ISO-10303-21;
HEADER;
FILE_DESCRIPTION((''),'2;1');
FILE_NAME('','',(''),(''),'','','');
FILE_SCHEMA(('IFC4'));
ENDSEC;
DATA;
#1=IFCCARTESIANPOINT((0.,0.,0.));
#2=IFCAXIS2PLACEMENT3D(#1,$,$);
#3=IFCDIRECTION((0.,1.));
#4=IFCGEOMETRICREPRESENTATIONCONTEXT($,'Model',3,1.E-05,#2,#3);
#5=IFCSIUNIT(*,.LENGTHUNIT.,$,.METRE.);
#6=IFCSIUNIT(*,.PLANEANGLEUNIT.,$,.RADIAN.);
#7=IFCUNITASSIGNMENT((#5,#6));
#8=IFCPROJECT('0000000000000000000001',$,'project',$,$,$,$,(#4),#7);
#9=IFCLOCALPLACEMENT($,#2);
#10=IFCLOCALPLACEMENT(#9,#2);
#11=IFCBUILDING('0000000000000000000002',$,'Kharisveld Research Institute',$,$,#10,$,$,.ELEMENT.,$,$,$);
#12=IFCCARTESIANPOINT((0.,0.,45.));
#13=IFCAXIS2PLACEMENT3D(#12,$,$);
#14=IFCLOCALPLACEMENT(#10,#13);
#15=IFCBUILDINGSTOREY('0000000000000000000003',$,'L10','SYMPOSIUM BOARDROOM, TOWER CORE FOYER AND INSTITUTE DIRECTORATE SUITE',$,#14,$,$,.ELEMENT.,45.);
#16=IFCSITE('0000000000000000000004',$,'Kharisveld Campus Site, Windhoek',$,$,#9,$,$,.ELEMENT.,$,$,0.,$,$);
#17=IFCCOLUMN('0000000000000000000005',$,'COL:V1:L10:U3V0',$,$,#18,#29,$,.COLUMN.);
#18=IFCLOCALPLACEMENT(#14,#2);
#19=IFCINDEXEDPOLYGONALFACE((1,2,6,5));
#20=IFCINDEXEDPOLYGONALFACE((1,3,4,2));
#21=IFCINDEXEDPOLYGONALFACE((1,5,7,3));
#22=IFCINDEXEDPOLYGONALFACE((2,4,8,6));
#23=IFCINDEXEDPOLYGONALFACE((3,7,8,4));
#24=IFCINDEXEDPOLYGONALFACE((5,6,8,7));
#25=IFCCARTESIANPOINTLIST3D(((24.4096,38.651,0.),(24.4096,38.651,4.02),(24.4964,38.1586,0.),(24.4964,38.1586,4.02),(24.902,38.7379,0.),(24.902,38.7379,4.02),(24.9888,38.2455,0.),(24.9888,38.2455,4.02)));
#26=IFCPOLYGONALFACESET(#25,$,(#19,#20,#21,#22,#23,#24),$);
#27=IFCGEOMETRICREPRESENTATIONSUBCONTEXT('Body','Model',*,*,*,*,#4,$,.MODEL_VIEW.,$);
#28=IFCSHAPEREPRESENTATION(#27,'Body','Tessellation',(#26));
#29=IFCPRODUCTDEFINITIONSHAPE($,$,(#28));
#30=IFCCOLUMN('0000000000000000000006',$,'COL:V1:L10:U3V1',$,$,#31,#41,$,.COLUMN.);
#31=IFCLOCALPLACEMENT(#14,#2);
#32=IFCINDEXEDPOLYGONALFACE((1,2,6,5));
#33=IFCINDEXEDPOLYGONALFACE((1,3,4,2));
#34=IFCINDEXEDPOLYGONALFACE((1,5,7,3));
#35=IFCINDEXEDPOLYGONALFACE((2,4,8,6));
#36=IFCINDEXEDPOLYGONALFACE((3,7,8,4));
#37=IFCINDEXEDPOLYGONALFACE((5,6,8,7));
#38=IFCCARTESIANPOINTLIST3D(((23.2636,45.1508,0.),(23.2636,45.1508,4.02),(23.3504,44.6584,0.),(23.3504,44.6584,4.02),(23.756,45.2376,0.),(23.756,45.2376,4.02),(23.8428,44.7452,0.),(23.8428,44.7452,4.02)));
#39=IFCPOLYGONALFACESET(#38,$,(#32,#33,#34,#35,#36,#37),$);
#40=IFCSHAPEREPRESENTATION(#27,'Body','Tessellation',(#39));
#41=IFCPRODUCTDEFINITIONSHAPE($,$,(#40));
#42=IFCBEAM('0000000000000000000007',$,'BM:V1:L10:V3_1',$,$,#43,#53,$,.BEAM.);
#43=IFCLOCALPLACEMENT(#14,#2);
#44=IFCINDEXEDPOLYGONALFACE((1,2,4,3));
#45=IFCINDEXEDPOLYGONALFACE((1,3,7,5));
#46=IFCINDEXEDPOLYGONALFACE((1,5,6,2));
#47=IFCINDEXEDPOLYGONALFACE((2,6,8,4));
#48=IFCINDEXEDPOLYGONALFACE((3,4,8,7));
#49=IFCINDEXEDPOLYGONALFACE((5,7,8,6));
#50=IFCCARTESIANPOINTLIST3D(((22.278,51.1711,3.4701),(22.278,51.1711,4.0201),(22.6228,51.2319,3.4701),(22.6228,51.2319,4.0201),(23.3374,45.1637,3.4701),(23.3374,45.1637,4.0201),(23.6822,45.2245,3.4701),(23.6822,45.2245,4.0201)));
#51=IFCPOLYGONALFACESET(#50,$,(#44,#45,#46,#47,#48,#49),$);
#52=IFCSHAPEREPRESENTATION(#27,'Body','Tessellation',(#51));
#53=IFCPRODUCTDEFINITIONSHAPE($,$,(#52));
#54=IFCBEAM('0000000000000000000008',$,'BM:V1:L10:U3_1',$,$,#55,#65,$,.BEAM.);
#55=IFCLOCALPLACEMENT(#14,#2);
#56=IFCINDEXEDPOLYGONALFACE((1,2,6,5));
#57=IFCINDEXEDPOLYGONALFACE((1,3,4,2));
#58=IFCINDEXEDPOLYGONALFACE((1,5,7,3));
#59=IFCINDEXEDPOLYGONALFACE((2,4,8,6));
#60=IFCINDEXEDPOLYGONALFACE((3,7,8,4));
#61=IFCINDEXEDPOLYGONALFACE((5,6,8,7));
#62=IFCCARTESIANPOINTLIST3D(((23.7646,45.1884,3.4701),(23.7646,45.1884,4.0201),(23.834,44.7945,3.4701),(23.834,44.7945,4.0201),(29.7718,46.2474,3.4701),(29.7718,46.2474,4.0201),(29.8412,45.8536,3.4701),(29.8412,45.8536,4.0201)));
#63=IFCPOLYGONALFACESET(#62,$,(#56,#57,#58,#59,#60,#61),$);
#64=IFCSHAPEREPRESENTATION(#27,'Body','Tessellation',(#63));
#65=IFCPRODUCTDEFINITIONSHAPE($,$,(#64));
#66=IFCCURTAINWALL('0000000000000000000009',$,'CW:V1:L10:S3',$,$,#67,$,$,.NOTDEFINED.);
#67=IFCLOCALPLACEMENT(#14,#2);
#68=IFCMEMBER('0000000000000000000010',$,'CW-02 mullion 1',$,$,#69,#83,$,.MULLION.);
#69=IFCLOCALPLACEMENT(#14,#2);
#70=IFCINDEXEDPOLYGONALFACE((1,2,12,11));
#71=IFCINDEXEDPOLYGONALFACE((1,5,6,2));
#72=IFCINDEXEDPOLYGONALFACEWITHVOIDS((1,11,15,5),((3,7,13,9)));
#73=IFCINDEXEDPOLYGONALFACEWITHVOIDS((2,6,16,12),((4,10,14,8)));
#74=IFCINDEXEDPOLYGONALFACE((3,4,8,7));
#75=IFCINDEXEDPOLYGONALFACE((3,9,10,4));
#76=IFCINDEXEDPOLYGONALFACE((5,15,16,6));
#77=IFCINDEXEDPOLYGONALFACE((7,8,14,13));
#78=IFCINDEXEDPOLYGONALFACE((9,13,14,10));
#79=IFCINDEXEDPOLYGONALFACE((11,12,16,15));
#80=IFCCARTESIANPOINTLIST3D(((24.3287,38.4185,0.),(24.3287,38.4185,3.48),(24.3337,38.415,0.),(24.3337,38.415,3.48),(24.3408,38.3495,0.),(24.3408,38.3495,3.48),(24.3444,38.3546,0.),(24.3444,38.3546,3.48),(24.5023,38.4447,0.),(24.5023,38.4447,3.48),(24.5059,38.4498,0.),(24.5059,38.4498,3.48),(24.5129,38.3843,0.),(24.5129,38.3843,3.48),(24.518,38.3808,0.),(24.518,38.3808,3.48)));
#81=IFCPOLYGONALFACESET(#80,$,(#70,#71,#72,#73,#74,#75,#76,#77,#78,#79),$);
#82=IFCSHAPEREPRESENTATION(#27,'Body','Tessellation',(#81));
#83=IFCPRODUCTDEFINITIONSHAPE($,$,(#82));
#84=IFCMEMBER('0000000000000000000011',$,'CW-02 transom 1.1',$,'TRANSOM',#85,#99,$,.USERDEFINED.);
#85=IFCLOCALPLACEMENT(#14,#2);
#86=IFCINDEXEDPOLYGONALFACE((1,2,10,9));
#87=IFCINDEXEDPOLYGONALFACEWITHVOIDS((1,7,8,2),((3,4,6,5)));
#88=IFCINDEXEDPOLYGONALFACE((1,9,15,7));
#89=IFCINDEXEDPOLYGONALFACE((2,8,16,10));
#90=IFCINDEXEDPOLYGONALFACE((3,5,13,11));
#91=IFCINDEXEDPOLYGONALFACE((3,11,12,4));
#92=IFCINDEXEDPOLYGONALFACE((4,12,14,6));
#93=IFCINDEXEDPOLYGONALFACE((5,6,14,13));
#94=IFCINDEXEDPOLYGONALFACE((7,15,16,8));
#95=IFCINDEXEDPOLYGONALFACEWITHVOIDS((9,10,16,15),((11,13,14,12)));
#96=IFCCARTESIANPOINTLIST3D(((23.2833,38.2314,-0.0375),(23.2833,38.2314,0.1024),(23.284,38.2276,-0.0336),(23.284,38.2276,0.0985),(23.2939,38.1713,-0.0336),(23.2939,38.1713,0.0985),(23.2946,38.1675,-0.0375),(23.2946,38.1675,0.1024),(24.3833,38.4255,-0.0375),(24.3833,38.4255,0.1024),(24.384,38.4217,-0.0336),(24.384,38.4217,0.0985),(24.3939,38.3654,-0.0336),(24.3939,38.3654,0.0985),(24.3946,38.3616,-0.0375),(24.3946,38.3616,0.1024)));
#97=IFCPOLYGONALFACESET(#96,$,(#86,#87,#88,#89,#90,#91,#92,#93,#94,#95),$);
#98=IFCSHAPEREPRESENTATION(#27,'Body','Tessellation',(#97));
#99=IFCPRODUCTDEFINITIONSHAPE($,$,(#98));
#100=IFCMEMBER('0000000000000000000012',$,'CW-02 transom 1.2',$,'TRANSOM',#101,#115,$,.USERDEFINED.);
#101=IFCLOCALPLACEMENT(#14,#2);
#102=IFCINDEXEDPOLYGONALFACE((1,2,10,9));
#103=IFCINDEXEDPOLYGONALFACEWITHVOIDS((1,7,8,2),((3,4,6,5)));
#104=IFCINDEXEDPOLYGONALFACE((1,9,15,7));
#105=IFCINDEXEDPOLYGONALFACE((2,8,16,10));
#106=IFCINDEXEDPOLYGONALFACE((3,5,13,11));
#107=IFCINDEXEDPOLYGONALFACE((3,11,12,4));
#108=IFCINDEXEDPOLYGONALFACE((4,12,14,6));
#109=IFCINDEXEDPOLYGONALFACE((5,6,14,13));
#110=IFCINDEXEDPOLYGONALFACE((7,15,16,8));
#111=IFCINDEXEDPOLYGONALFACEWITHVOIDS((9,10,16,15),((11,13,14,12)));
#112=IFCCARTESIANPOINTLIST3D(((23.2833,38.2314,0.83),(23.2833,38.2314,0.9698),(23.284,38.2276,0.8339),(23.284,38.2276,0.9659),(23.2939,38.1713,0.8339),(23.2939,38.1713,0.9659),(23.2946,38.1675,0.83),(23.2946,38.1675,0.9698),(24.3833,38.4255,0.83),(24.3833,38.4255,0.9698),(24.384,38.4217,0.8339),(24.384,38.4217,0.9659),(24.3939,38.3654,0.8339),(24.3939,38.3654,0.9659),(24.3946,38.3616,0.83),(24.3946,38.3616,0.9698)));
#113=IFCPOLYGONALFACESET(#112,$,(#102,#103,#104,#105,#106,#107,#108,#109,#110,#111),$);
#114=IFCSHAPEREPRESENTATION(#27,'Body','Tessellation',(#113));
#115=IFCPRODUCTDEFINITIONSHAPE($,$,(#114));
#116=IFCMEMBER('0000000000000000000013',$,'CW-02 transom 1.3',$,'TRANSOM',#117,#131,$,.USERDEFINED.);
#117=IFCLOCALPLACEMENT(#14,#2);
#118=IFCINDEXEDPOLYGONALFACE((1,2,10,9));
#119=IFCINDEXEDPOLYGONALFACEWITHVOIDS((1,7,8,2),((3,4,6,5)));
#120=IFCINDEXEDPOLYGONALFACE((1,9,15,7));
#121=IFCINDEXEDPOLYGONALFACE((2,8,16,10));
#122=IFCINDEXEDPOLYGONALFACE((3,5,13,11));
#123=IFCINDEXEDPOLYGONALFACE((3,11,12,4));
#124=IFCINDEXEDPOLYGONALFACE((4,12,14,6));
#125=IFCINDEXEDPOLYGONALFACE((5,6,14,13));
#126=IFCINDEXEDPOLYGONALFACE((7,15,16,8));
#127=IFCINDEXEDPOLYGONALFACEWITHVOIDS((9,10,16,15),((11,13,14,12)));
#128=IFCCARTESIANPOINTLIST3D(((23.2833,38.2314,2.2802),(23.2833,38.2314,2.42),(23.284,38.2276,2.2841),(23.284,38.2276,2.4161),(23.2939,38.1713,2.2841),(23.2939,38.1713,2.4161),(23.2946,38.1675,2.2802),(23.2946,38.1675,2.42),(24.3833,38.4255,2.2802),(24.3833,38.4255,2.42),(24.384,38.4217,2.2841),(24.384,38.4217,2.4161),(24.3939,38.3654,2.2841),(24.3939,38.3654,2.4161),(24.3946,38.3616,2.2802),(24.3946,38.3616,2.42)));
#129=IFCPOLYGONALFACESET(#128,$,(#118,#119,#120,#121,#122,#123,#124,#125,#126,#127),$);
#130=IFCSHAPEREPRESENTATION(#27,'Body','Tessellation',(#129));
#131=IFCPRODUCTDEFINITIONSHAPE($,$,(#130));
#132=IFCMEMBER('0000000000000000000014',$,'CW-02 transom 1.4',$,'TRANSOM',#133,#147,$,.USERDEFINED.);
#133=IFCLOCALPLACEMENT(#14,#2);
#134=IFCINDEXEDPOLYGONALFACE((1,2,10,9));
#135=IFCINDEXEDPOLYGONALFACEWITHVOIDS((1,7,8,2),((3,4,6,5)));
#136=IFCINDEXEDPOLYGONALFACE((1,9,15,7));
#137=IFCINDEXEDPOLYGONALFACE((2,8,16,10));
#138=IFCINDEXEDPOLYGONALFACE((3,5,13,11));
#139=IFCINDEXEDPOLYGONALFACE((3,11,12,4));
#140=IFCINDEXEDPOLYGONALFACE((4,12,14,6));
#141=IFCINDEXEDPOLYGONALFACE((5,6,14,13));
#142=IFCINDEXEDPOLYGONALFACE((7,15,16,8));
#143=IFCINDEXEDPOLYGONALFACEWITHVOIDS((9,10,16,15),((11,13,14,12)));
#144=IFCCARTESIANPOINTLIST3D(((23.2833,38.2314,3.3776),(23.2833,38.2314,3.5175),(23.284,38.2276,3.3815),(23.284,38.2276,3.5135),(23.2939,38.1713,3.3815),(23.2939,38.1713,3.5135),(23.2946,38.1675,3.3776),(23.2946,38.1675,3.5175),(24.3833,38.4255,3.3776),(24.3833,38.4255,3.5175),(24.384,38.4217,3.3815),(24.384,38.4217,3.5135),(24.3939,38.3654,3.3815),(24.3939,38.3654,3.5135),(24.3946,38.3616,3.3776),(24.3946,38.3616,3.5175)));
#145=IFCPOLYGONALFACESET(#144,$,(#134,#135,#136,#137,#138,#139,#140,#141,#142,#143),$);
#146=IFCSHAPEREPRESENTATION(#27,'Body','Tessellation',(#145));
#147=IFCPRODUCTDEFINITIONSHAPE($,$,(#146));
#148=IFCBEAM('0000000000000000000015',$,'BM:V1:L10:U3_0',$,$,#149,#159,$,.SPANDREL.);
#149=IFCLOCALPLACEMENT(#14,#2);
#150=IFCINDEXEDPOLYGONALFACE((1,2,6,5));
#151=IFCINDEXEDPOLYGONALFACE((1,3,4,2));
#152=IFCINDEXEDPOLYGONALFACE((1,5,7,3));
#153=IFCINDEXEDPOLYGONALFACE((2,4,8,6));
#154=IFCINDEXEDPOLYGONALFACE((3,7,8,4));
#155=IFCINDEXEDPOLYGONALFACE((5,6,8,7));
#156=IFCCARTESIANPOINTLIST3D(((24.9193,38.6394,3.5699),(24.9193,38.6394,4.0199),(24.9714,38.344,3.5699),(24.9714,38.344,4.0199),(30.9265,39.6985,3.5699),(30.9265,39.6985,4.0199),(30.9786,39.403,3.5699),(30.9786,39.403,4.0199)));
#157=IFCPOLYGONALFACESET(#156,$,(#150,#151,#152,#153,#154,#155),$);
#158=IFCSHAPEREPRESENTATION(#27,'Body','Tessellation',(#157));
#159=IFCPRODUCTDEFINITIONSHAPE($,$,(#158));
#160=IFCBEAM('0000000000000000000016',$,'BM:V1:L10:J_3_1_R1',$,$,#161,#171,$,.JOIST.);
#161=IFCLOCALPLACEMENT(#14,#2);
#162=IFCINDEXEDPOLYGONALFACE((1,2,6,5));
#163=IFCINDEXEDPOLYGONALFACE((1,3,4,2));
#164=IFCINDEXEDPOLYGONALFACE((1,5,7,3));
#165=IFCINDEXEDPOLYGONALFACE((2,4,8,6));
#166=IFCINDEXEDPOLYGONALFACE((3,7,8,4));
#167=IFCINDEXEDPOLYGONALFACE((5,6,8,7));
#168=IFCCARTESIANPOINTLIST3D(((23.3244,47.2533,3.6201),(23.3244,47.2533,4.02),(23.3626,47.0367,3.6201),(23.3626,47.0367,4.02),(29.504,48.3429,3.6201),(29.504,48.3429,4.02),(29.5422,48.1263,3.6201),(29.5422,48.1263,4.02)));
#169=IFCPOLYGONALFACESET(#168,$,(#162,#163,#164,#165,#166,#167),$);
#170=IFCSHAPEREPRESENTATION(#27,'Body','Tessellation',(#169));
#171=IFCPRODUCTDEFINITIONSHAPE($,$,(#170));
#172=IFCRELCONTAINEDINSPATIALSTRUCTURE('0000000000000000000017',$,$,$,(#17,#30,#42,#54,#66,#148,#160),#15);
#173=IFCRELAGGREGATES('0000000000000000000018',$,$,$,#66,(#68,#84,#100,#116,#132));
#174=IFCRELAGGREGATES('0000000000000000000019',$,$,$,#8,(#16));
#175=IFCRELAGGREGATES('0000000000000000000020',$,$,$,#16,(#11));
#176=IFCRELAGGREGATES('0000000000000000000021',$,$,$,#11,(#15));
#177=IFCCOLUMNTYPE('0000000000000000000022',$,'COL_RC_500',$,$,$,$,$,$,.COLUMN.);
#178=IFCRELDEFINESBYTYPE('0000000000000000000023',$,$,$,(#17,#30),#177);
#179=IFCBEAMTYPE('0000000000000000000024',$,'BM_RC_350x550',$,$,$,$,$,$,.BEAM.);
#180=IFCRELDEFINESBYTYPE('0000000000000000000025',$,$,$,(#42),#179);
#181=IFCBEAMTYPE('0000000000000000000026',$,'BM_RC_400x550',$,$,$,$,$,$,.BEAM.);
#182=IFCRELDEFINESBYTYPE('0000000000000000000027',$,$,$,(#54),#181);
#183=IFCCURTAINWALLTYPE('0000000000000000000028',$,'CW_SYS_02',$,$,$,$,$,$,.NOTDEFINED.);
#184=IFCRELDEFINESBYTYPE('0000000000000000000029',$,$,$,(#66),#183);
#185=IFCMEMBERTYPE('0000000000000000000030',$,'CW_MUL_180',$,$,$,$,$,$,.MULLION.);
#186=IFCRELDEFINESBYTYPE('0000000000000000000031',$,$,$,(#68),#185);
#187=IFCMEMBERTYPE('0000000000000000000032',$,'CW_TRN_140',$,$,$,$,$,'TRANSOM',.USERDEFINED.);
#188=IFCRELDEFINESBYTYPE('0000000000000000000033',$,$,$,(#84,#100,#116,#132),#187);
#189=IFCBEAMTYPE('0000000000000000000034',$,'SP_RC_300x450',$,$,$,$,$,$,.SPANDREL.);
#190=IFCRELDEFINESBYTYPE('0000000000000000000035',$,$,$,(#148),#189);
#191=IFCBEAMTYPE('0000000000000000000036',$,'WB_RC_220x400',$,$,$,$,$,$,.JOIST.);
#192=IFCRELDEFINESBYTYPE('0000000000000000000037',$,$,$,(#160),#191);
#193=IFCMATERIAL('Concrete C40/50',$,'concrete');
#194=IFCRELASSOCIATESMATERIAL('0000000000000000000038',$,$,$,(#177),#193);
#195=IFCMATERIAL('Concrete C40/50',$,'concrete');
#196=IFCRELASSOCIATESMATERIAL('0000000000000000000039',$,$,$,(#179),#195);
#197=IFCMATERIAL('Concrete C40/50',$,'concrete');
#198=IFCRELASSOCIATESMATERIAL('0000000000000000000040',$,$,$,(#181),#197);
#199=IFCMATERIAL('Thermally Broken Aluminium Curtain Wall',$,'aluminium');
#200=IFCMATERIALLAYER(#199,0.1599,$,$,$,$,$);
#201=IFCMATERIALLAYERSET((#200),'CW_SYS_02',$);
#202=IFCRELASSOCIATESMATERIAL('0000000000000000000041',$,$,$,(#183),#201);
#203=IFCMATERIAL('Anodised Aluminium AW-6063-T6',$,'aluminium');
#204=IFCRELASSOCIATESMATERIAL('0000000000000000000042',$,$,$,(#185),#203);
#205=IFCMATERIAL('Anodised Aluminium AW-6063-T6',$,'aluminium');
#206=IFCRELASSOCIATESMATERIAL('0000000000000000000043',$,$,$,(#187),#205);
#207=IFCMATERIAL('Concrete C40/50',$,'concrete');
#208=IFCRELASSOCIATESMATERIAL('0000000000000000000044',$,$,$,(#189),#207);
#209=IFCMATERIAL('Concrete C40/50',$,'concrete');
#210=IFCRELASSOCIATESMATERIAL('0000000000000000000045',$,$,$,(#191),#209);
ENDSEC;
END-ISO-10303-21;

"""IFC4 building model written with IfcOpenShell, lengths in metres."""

from ifc_helpers import new_model, si_unit, direction, frame, origin, origin_2d, place, context, subcontext, project, spatial, rectangle, hollow_rectangle, extrude, material, layer, layer_set, material_profile, profile_set, type_object, element, aggregate, save


model = new_model("IFC4")

# Units and contexts
model_context = context("Model", 3, precision=1e-05, world=origin(), true_north=direction((0.0, 1.0)))
body_context = subcontext(model_context, "Body", "Model", "MODEL_VIEW")
ifc_project = project(units=[si_unit("LENGTHUNIT", "METRE"), si_unit("PLANEANGLEUNIT", "RADIAN")], contexts=[model_context])

# Site, building, storey
site_placement = place(None, origin())
site = spatial("IfcSite", under=ifc_project, at=site_placement, Name="Kharisveld Campus Site, Windhoek", CompositionType="ELEMENT", RefElevation=0.0)
building_placement = place(site_placement, origin())
building = spatial("IfcBuilding", under=site, at=building_placement, Name="Kharisveld Research Institute", CompositionType="ELEMENT")
storey_placement = place(building_placement, frame((0.0, 0.0, 45.0)))
storey = spatial("IfcBuildingStorey", under=building, at=storey_placement, Name="L10", Description="SYMPOSIUM BOARDROOM, TOWER CORE FOYER AND INSTITUTE DIRECTORATE SUITE", CompositionType="ELEMENT", Elevation=45.0)

# Columns
ifc_material_1 = material(Name="Concrete C40/50", Category="concrete")
ifc_material_profile_1 = material_profile(ifc_material_1, rectangle(XDim=0.5, YDim=0.5, at=origin_2d()))
ifc_profile_set_1 = profile_set([ifc_material_profile_1], Name="Concrete C40/50")
column_type = type_object("IfcColumnType", Name="COL_RC_500", PredefinedType="COLUMN", material=ifc_profile_set_1)
for number, where, z_axis, x_axis, name in (
    (1, (24.6992, 38.4482, 0.0), (0.0, 0.0, 1.0), (0.984808, 0.173648, 0.0), "COL:V1:L10:U3V0"),
    (2, (23.5532, 44.948, 0.0), (0.0, 0.0, 1.0), (0.984808, 0.173648, 0.0), "COL:V1:L10:U3V1"),
):
    element("IfcColumn", number, at=place(storey_placement, frame(where, z_axis=z_axis, x_axis=x_axis)), inside=storey, type_object=column_type, Name=name, PredefinedType="COLUMN", context=body_context, shape_type="SweptSolid", body=[
        extrude(rectangle(XDim=0.5, YDim=0.5, at=origin_2d()), origin(), (0.0, 0.0, 1.0), 4.02),
    ])

# Beams
ifc_material_2 = material(Name="Concrete C40/50", Category="concrete")
ifc_material_profile_2 = material_profile(ifc_material_2, rectangle(XDim=0.3501, YDim=0.55, at=origin_2d()))
ifc_profile_set_2 = profile_set([ifc_material_profile_2], Name="Concrete C40/50")
beam_type_1 = type_object("IfcBeamType", Name="BM_RC_350x550", PredefinedType="BEAM", material=ifc_profile_set_2)
beam_1_placement = place(storey_placement, frame((23.5098, 45.1941, 3.7451), z_axis=(-0.17366, 0.984806, 0.0), x_axis=(-0.984806, -0.17366, 0.0)))
element("IfcBeam", 3, at=beam_1_placement, inside=storey, type_object=beam_type_1, Name="BM:V1:L10:V3_1", PredefinedType="BEAM", context=body_context, shape_type="SweptSolid", body=[
    extrude(rectangle(XDim=0.3501, YDim=0.55, at=origin_2d()), origin(), (0.0, 0.0, 1.0), 6.1001),
])
ifc_material_3 = material(Name="Concrete C40/50", Category="concrete")
ifc_material_profile_3 = material_profile(ifc_material_3, rectangle(XDim=0.3999, YDim=0.55, at=origin_2d()))
ifc_profile_set_3 = profile_set([ifc_material_profile_3], Name="Concrete C40/50")
beam_type_2 = type_object("IfcBeamType", Name="BM_RC_400x550", PredefinedType="BEAM", material=ifc_profile_set_3)
beam_2_placement = place(storey_placement, frame((23.7993, 44.9915, 3.7451), z_axis=(0.984813, 0.173621, 0.0), x_axis=(-0.173621, 0.984813, 0.0)))
element("IfcBeam", 4, at=beam_2_placement, inside=storey, type_object=beam_type_2, Name="BM:V1:L10:U3_1", PredefinedType="BEAM", context=body_context, shape_type="SweptSolid", body=[
    extrude(rectangle(XDim=0.3999, YDim=0.55, at=origin_2d()), origin(), (0.0, 0.0, 1.0), 6.0999),
])

# Curtain wall, members
ifc_material_4 = material(Name="Thermally Broken Aluminium Curtain Wall", Category="aluminium")
ifc_layer_1 = layer(ifc_material_4, 0.1599)
ifc_layer_set_1 = layer_set([ifc_layer_1], Name="CW_SYS_02")
curtain_wall_type = type_object("IfcCurtainWallType", Name="CW_SYS_02", PredefinedType="NOTDEFINED", material=ifc_layer_set_1)
curtain_wall_placement = place(storey_placement, origin())
curtain_wall = element("IfcCurtainWall", 5, at=curtain_wall_placement, inside=storey, type_object=curtain_wall_type, Name="CW:V1:L10:S3", PredefinedType="NOTDEFINED")
ifc_material_5 = material(Name="Anodised Aluminium AW-6063-T6", Category="aluminium")
ifc_material_profile_4 = material_profile(ifc_material_5, hollow_rectangle(XDim=0.0701, YDim=0.1799, WallThickness=0.0044, at=origin_2d()))
ifc_profile_set_4 = profile_set([ifc_material_profile_4], Name="Anodised Aluminium AW-6063-T6")
member_type_1 = type_object("IfcMemberType", Name="CW_MUL_180", PredefinedType="MULLION", material=ifc_profile_set_4)
member_1_placement = place(storey_placement, frame((24.4233, 38.3997, 0.0), z_axis=(0.0, 0.0, 1.0), x_axis=(0.173648, -0.984808, 0.0)))
member_1 = element("IfcMember", 6, at=member_1_placement, type_object=member_type_1, Name="CW-02 mullion 1", PredefinedType="MULLION", context=body_context, shape_type="SweptSolid", body=[
    extrude(hollow_rectangle(XDim=0.0701, YDim=0.1799, WallThickness=0.0044, at=origin_2d()), origin(), (0.0, 0.0, 1.0), 3.48),
])
ifc_material_6 = material(Name="Anodised Aluminium AW-6063-T6", Category="aluminium")
ifc_material_profile_5 = material_profile(ifc_material_6, hollow_rectangle(XDim=0.0649, YDim=0.1399, WallThickness=0.0039, at=origin_2d()))
ifc_profile_set_5 = profile_set([ifc_material_profile_5], Name="Anodised Aluminium AW-6063-T6")
member_type_2 = type_object("IfcMemberType", Name="CW_TRN_140", ElementType="TRANSOM", PredefinedType="USERDEFINED", material=ifc_profile_set_5)
member_2_placement = place(storey_placement, frame((24.3889, 38.3936, 0.0325), z_axis=(-0.984784, -0.173785, 0.0), x_axis=(0.173785, -0.984784, 0.0)))
member_2 = element("IfcMember", 7, at=member_2_placement, type_object=member_type_2, Name="CW-02 transom 1.1", ObjectType="TRANSOM", PredefinedType="USERDEFINED", context=body_context, shape_type="SweptSolid", body=[
    extrude(hollow_rectangle(XDim=0.0649, YDim=0.1399, WallThickness=0.0039, at=origin_2d()), origin(), (0.0, 0.0, 1.0), 1.1169),
])
member_3_placement = place(storey_placement, frame((24.3889, 38.3936, 0.8999), z_axis=(-0.984784, -0.173785, 0.0), x_axis=(0.173785, -0.984784, 0.0)))
member_3 = element("IfcMember", 8, at=member_3_placement, type_object=member_type_2, Name="CW-02 transom 1.2", ObjectType="TRANSOM", PredefinedType="USERDEFINED", context=body_context, shape_type="SweptSolid", body=[
    extrude(hollow_rectangle(XDim=0.0649, YDim=0.1399, WallThickness=0.0039, at=origin_2d()), origin(), (0.0, 0.0, 1.0), 1.1169),
])
member_4_placement = place(storey_placement, frame((24.3889, 38.3936, 2.3501), z_axis=(-0.984784, -0.173785, 0.0), x_axis=(0.173785, -0.984784, 0.0)))
member_4 = element("IfcMember", 9, at=member_4_placement, type_object=member_type_2, Name="CW-02 transom 1.3", ObjectType="TRANSOM", PredefinedType="USERDEFINED", context=body_context, shape_type="SweptSolid", body=[
    extrude(hollow_rectangle(XDim=0.0649, YDim=0.1399, WallThickness=0.0039, at=origin_2d()), origin(), (0.0, 0.0, 1.0), 1.1169),
])
member_5_placement = place(storey_placement, frame((24.3889, 38.3936, 3.4475), z_axis=(-0.984784, -0.173785, 0.0), x_axis=(0.173785, -0.984784, 0.0)))
member_5 = element("IfcMember", 10, at=member_5_placement, type_object=member_type_2, Name="CW-02 transom 1.4", ObjectType="TRANSOM", PredefinedType="USERDEFINED", context=body_context, shape_type="SweptSolid", body=[
    extrude(hollow_rectangle(XDim=0.0649, YDim=0.1399, WallThickness=0.0039, at=origin_2d()), origin(), (0.0, 0.0, 1.0), 1.1169),
])

# Beams
ifc_material_7 = material(Name="Concrete C40/50", Category="concrete")
ifc_material_profile_6 = material_profile(ifc_material_7, rectangle(XDim=0.3, YDim=0.45, at=origin_2d()))
ifc_profile_set_6 = profile_set([ifc_material_profile_6], Name="Concrete C40/50")
beam_type_3 = type_object("IfcBeamType", Name="SP_RC_300x450", PredefinedType="SPANDREL", material=ifc_profile_set_6)
beam_3_placement = place(storey_placement, frame((24.9453, 38.4917, 3.7949), z_axis=(0.984813, 0.173621, 0.0), x_axis=(-0.173621, 0.984813, 0.0)))
element("IfcBeam", 11, at=beam_3_placement, inside=storey, type_object=beam_type_3, Name="BM:V1:L10:U3_0", PredefinedType="SPANDREL", context=body_context, shape_type="SweptSolid", body=[
    extrude(rectangle(XDim=0.3, YDim=0.45, at=origin_2d()), origin(), (0.0, 0.0, 1.0), 6.0999),
])
ifc_material_8 = material(Name="Concrete C40/50", Category="concrete")
ifc_material_profile_7 = material_profile(ifc_material_8, rectangle(XDim=0.22, YDim=0.3999, at=origin_2d()))
ifc_profile_set_7 = profile_set([ifc_material_profile_7], Name="Concrete C40/50")
beam_type_4 = type_object("IfcBeamType", Name="WB_RC_220x400", PredefinedType="JOIST", material=ifc_profile_set_7)
beam_4_placement = place(storey_placement, frame((23.3435, 47.145, 3.8201), z_axis=(0.984809, 0.173641, 0.0), x_axis=(-0.173641, 0.984809, 0.0)))
element("IfcBeam", 12, at=beam_4_placement, inside=storey, type_object=beam_type_4, Name="BM:V1:L10:J_3_1_R1", PredefinedType="JOIST", context=body_context, shape_type="SweptSolid", body=[
    extrude(rectangle(XDim=0.22, YDim=0.3999, at=origin_2d()), origin(), (0.0, 0.0, 1.0), 6.2749),
])

aggregate(curtain_wall, [member_1, member_2, member_3, member_4, member_5])

save(model, "model.ifc")
